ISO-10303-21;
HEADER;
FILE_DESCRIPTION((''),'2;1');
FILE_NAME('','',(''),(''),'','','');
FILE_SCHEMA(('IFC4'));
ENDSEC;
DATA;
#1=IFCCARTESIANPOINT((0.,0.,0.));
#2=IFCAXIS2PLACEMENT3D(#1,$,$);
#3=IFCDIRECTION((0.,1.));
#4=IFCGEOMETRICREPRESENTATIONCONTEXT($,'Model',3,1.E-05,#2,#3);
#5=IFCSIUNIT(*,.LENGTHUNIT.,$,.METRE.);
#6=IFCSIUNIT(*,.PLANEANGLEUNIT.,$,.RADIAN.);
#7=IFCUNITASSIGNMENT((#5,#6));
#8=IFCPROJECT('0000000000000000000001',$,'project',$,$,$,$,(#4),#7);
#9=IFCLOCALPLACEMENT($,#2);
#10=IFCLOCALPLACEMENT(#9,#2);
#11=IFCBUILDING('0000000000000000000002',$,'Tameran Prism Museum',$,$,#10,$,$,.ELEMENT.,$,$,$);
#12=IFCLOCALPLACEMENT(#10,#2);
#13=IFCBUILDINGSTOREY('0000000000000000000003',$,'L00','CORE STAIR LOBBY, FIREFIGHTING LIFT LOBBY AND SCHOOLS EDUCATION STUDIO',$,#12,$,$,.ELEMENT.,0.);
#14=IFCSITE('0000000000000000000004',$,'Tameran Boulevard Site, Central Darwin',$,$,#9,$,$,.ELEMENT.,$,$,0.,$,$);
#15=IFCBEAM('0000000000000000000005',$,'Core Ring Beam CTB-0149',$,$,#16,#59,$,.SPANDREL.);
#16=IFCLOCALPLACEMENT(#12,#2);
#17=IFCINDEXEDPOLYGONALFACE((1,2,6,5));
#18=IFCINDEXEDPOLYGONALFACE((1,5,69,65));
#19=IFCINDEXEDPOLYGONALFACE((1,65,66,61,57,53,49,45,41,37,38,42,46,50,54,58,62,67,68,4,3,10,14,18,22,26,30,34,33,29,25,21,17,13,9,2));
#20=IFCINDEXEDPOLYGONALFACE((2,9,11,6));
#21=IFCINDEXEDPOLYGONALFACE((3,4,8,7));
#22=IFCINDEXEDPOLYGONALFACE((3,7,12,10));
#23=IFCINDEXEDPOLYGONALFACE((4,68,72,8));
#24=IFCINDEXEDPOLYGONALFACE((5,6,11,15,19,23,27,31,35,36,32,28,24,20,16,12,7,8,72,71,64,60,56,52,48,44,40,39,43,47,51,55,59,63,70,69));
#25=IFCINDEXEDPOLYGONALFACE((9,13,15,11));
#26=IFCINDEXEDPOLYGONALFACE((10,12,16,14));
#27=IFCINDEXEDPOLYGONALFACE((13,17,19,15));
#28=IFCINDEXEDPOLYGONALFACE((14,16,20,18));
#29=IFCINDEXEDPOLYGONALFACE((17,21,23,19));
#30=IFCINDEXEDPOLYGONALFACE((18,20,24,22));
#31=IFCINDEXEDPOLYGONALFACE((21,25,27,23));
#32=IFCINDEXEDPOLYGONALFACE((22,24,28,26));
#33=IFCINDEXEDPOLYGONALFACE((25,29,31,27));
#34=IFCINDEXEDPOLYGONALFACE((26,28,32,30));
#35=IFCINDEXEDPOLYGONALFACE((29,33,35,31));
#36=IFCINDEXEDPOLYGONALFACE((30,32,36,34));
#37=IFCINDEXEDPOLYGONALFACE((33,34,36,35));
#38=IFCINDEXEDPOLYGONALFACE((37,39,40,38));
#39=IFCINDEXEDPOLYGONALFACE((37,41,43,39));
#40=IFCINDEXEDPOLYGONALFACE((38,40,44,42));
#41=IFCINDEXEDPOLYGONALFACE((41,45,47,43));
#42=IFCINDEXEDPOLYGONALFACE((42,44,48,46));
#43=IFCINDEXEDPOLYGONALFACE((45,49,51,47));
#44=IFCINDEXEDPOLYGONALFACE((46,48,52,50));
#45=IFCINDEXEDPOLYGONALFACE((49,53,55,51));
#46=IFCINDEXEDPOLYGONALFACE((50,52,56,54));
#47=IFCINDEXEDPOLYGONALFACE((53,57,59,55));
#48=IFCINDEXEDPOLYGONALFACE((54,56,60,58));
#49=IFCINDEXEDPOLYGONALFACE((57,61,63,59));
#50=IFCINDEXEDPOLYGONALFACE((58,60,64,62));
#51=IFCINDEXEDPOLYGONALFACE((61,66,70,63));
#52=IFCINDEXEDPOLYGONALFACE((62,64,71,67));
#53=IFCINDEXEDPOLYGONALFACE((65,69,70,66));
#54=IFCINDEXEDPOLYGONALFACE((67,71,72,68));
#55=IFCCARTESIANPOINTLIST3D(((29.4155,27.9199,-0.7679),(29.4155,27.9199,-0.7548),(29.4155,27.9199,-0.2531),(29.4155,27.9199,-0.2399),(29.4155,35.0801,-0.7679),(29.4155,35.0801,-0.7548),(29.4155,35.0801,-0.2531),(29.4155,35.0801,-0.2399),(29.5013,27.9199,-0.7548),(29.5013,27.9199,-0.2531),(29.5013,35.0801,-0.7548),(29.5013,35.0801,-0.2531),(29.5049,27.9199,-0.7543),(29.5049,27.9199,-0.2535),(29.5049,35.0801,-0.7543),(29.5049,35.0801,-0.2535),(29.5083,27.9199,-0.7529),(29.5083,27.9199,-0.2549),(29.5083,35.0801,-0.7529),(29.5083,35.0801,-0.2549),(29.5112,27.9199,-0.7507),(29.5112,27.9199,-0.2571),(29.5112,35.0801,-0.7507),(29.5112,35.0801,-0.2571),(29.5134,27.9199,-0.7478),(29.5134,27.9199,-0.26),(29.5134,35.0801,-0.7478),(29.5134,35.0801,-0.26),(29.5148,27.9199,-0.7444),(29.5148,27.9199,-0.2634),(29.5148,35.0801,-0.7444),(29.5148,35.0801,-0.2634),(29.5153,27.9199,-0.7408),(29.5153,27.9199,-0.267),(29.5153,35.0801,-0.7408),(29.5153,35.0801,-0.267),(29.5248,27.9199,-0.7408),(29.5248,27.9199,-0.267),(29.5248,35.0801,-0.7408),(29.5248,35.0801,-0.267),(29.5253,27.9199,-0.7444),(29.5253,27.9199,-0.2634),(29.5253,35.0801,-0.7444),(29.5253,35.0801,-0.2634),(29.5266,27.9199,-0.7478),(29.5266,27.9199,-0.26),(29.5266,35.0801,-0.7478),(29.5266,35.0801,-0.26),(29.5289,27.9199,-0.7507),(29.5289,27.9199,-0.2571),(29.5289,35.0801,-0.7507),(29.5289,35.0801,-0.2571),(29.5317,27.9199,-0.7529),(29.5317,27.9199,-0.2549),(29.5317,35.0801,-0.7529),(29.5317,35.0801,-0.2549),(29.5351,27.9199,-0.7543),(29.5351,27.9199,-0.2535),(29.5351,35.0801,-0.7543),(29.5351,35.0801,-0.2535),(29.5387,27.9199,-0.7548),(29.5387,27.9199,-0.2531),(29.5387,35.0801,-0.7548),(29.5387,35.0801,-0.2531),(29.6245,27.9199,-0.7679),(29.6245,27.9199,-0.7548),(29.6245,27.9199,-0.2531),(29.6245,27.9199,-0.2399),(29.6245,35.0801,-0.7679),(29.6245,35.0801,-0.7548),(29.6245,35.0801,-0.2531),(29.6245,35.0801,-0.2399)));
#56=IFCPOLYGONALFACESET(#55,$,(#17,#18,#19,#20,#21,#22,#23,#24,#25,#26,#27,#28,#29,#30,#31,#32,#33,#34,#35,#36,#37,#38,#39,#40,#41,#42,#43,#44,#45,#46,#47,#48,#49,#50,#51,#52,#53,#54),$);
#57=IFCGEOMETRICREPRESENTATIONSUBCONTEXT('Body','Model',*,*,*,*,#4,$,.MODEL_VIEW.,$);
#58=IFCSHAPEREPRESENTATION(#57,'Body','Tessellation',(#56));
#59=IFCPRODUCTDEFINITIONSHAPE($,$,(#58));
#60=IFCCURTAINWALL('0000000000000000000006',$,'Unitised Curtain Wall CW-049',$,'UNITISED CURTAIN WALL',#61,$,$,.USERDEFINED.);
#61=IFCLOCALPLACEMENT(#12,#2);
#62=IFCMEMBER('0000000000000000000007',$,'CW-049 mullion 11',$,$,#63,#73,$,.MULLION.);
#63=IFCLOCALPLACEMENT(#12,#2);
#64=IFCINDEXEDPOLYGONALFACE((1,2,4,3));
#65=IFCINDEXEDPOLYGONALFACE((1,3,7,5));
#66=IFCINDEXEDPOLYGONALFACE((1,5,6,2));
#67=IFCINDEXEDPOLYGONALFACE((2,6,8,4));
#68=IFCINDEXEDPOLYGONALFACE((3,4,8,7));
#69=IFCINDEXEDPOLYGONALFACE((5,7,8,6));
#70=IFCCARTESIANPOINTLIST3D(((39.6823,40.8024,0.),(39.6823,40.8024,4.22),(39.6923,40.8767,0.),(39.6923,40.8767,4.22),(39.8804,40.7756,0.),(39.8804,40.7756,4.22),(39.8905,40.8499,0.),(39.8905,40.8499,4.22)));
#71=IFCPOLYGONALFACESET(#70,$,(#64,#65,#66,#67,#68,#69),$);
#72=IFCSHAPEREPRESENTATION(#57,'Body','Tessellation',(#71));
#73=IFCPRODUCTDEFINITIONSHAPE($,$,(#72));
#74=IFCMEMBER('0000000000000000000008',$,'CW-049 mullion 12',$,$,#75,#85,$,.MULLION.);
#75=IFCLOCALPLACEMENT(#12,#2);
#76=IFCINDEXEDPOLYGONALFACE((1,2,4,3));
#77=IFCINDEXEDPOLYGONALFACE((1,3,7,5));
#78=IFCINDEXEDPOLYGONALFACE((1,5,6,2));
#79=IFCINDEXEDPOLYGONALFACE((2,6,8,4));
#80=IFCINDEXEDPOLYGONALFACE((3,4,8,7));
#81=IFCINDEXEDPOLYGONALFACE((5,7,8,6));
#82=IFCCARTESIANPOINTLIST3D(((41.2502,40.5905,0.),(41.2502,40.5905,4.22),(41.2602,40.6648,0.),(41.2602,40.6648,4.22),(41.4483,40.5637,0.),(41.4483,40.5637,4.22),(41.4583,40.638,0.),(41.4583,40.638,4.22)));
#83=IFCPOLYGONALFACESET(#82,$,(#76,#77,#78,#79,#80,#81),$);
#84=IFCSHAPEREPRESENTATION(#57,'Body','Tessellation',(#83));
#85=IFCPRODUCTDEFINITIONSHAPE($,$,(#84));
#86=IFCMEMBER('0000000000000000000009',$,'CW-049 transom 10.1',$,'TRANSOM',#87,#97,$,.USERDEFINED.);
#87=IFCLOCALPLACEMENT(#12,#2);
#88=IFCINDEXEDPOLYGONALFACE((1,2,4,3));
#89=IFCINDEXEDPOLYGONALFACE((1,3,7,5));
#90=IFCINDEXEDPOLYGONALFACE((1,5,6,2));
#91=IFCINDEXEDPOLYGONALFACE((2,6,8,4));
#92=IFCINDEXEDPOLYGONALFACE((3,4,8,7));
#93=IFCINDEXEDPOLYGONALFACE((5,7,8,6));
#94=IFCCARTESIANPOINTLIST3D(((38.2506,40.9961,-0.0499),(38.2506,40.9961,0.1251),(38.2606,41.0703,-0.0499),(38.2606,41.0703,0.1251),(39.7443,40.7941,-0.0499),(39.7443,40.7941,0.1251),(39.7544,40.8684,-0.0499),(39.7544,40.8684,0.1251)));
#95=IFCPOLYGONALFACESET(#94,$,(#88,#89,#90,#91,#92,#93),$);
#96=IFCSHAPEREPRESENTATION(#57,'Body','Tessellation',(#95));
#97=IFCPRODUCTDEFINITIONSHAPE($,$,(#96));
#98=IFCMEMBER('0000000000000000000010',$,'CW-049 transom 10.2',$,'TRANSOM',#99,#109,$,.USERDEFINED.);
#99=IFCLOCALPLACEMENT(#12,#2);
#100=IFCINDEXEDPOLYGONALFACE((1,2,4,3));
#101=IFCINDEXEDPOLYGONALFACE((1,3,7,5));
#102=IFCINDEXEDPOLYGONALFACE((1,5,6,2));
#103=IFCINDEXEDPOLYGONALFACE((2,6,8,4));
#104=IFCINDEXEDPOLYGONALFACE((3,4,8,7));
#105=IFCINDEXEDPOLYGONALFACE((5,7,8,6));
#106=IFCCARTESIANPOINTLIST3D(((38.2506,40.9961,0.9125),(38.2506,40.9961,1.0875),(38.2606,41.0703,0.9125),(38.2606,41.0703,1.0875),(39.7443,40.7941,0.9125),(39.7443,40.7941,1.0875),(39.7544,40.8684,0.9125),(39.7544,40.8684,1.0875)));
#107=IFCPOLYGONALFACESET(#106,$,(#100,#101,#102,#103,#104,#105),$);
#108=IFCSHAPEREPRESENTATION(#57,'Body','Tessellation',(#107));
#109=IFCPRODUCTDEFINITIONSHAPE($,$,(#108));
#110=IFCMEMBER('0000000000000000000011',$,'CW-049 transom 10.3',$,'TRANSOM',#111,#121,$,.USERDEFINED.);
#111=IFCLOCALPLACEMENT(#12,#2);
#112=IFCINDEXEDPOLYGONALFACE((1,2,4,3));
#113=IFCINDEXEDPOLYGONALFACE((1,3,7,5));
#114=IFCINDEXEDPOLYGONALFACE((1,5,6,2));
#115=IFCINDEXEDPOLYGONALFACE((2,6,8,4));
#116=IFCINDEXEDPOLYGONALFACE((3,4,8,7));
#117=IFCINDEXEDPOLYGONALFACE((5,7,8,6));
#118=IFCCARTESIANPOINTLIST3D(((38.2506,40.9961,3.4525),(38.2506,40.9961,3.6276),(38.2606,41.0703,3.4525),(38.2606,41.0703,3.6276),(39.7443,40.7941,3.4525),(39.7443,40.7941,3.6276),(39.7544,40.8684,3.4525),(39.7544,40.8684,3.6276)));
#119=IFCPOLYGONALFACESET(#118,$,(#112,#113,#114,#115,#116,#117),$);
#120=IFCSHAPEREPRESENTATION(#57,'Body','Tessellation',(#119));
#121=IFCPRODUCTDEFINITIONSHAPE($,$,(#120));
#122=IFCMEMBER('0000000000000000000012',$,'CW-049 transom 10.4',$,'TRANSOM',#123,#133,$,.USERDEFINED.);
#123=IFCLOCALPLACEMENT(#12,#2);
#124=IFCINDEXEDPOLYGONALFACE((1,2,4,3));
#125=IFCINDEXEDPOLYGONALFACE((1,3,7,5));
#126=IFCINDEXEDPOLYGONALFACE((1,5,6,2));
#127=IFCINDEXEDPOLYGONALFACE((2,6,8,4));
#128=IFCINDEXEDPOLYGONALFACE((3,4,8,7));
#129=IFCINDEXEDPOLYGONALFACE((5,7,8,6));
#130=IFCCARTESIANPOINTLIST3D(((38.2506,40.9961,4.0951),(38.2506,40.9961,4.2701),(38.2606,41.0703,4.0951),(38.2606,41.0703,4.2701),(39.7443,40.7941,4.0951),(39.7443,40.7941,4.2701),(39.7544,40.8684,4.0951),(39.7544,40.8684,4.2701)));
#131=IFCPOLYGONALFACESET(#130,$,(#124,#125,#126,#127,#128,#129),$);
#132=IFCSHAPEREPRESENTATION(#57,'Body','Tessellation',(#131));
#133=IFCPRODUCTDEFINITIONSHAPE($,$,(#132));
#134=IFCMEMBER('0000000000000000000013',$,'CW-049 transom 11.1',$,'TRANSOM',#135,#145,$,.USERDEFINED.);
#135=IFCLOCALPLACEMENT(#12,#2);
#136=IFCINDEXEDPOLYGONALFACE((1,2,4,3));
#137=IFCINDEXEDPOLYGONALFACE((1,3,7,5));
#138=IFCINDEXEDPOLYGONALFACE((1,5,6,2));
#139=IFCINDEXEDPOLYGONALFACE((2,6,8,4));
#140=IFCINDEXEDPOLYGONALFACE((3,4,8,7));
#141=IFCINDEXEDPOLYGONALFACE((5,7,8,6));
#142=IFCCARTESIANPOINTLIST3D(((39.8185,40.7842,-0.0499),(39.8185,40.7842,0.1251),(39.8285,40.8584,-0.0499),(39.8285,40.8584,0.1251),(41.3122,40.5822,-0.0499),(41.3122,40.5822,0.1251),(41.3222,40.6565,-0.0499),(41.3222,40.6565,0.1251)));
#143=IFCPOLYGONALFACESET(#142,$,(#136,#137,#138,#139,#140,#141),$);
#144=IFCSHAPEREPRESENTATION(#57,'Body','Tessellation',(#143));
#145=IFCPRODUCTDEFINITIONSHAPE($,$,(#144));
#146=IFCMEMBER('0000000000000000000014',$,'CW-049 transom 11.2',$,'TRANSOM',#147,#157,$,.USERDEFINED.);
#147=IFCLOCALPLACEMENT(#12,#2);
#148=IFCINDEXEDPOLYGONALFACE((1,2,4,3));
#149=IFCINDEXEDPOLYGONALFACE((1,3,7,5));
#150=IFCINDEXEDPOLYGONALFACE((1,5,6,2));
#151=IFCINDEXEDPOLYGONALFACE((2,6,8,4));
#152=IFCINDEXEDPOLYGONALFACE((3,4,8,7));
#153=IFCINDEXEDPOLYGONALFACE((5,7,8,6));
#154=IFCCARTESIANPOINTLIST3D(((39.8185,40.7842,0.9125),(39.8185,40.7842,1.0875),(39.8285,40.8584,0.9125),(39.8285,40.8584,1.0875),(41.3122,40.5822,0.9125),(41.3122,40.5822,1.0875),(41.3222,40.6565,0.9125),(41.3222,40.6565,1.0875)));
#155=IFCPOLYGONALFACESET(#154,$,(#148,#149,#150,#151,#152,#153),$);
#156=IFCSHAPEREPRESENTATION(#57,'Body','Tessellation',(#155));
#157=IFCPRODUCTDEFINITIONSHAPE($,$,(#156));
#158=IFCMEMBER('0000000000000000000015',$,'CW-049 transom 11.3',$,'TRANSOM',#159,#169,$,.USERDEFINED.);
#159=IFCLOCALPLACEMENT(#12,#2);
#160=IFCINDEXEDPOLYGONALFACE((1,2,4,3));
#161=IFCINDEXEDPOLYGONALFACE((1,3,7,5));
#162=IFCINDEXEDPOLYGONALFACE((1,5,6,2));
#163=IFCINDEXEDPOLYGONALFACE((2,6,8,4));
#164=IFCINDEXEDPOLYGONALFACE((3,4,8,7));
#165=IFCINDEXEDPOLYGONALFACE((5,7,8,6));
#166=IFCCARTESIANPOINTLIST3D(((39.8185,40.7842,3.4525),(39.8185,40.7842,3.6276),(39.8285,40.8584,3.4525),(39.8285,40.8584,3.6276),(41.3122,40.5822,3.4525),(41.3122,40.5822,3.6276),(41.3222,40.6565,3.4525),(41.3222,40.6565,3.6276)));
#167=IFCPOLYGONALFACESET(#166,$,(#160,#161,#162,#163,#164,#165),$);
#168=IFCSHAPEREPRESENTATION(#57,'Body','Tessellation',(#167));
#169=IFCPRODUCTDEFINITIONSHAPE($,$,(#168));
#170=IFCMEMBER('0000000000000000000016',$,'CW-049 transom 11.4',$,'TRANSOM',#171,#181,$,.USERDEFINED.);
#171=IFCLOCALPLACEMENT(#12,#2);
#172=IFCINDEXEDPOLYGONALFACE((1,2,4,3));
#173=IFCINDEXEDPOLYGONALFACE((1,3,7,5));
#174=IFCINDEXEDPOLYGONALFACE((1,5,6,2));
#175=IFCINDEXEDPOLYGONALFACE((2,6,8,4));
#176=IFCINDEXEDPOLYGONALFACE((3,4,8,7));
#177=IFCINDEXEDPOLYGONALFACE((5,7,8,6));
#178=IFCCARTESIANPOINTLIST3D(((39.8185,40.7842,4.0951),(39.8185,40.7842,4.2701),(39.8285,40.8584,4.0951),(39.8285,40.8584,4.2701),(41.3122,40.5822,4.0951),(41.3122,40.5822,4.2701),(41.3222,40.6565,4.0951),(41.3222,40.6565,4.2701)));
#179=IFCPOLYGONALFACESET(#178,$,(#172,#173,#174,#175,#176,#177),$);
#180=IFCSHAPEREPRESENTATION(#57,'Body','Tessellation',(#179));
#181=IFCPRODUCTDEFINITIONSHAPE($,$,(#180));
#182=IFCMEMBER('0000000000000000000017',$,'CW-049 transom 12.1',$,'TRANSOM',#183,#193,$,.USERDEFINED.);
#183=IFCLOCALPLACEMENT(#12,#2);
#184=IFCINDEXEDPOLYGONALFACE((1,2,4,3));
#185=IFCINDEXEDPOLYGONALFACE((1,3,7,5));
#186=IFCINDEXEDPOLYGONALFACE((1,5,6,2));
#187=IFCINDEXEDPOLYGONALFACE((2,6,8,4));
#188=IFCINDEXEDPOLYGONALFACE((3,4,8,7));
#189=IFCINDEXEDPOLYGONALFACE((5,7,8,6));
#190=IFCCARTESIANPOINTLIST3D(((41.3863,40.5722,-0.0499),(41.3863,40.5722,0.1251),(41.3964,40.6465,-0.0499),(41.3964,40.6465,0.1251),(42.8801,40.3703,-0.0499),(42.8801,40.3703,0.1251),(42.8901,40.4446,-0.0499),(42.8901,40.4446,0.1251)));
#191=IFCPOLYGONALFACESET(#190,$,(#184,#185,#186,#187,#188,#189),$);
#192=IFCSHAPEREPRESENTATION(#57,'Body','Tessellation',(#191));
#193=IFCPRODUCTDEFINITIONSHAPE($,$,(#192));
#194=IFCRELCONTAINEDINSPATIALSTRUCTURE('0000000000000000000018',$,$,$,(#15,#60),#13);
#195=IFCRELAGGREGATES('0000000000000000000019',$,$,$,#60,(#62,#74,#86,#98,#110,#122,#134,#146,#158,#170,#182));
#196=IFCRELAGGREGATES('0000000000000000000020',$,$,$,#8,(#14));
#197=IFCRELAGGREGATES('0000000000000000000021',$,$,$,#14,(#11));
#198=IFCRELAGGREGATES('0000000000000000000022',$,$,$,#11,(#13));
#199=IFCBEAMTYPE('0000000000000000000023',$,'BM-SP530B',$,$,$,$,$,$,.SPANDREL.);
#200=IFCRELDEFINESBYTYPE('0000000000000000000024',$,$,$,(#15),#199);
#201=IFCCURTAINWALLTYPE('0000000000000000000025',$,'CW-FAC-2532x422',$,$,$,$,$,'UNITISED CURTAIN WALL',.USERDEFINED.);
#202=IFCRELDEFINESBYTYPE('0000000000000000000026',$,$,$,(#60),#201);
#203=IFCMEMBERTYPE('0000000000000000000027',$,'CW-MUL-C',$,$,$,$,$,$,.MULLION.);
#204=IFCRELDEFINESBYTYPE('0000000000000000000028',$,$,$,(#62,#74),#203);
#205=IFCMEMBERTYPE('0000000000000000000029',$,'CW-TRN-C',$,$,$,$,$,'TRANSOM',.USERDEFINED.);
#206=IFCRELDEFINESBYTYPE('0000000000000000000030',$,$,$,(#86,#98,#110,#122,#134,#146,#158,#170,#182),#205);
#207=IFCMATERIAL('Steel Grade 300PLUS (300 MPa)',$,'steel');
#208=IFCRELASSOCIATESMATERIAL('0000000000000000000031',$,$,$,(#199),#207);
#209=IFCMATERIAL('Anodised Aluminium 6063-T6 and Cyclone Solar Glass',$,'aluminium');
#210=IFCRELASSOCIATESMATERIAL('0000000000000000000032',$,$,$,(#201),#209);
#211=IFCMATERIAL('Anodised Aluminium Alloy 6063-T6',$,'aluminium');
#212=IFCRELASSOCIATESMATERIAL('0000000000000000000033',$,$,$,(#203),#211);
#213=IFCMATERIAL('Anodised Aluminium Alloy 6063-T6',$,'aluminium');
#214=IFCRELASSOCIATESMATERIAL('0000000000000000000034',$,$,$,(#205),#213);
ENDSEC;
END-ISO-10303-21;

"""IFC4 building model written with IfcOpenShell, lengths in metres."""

from ifc_helpers import new_model, si_unit, direction, frame, origin, origin_2d, place, context, subcontext, project, spatial, rectangle, i_section, extrude, material, material_profile, profile_set, type_object, element, aggregate, save


model = new_model("IFC4")

# Units and contexts
model_context = context("Model", 3, precision=1e-05, world=origin(), true_north=direction((0.0, 1.0)))
body_context = subcontext(model_context, "Body", "Model", "MODEL_VIEW")
ifc_project = project(units=[si_unit("LENGTHUNIT", "METRE"), si_unit("PLANEANGLEUNIT", "RADIAN")], contexts=[model_context])

# Site, building, storey
site_placement = place(None, origin())
site = spatial("IfcSite", under=ifc_project, at=site_placement, Name="Tameran Boulevard Site, Central Darwin", CompositionType="ELEMENT", RefElevation=0.0)
building_placement = place(site_placement, origin())
building = spatial("IfcBuilding", under=site, at=building_placement, Name="Tameran Prism Museum", CompositionType="ELEMENT")
storey_placement = place(building_placement, origin())
storey = spatial("IfcBuildingStorey", under=building, at=storey_placement, Name="L00", Description="CORE STAIR LOBBY, FIREFIGHTING LIFT LOBBY AND SCHOOLS EDUCATION STUDIO", CompositionType="ELEMENT", Elevation=0.0)

# Beam
ifc_material_1 = material(Name="Steel Grade 300PLUS (300 MPa)", Category="steel")
ifc_material_profile_1 = material_profile(ifc_material_1, i_section(OverallWidth=0.209, OverallDepth=0.5281, WebThickness=0.0095, FlangeThickness=0.0132, FilletRadius=0.0139, at=origin_2d()))
ifc_profile_set_1 = profile_set([ifc_material_profile_1])
beam_type_1 = type_object("IfcBeamType", Name="BM-SP530B", PredefinedType="SPANDREL", material=ifc_profile_set_1)
beam_1_placement = place(storey_placement, frame((29.52, 35.0801, -0.5039), z_axis=(0.0, -1.0, 0.0), x_axis=(1.0, 0.0, 0.0)))
element("IfcBeam", 1, at=beam_1_placement, inside=storey, type_object=beam_type_1, Name="Core Ring Beam CTB-0149", PredefinedType="SPANDREL", context=body_context, shape_type="SweptSolid", body=[
    extrude(i_section(OverallWidth=0.209, OverallDepth=0.5281, WebThickness=0.0095, FlangeThickness=0.0132, FilletRadius=0.0139, at=origin_2d()), origin(), (0.0, 0.0, 1.0), 7.1602),
])

# Curtain wall, members
ifc_material_2 = material(Name="Anodised Aluminium 6063-T6 and Cyclone Solar Glass", Category="aluminium")
curtain_wall_type = type_object("IfcCurtainWallType", Name="CW-FAC-2532x422", ElementType="UNITISED CURTAIN WALL", PredefinedType="USERDEFINED", material=ifc_material_2)
curtain_wall_placement = place(storey_placement, origin())
curtain_wall = element("IfcCurtainWall", 2, at=curtain_wall_placement, inside=storey, type_object=curtain_wall_type, Name="Unitised Curtain Wall CW-049", ObjectType="UNITISED CURTAIN WALL", PredefinedType="USERDEFINED")
ifc_material_3 = material(Name="Anodised Aluminium Alloy 6063-T6", Category="aluminium")
ifc_material_profile_2 = material_profile(ifc_material_3, rectangle(XDim=0.075, YDim=0.2, at=origin_2d()))
ifc_profile_set_2 = profile_set([ifc_material_profile_2])
member_type_1 = type_object("IfcMemberType", Name="CW-MUL-C", PredefinedType="MULLION", material=ifc_profile_set_2)
member_1_placement = place(storey_placement, frame((39.7864, 40.8262, 0.0), z_axis=(0.0, 0.0, 1.0), x_axis=(0.133913, 0.990993, 0.0)))
member_1 = element("IfcMember", 3, at=member_1_placement, type_object=member_type_1, Name="CW-049 mullion 11", PredefinedType="MULLION", context=body_context, shape_type="SweptSolid", body=[
    extrude(rectangle(XDim=0.075, YDim=0.2, at=origin_2d()), origin(), (0.0, 0.0, 1.0), 4.22),
])
member_2_placement = place(storey_placement, frame((41.3542, 40.6143, 0.0), z_axis=(0.0, 0.0, 1.0), x_axis=(0.133913, 0.990993, 0.0)))
member_2 = element("IfcMember", 4, at=member_2_placement, type_object=member_type_1, Name="CW-049 mullion 12", PredefinedType="MULLION", context=body_context, shape_type="SweptSolid", body=[
    extrude(rectangle(XDim=0.075, YDim=0.2, at=origin_2d()), origin(), (0.0, 0.0, 1.0), 4.22),
])
ifc_material_4 = material(Name="Anodised Aluminium Alloy 6063-T6", Category="aluminium")
ifc_material_profile_3 = material_profile(ifc_material_4, rectangle(XDim=0.075, YDim=0.175, at=origin_2d()))
ifc_profile_set_3 = profile_set([ifc_material_profile_3])
member_type_2 = type_object("IfcMemberType", Name="CW-TRN-C", ElementType="TRANSOM", PredefinedType="USERDEFINED", material=ifc_profile_set_3)
member_3_placement = place(storey_placement, frame((38.2556, 41.0332, 0.0376), z_axis=(0.990987, -0.133957, 0.0), x_axis=(0.133957, 0.990987, 0.0)))
member_3 = element("IfcMember", 5, at=member_3_placement, type_object=member_type_2, Name="CW-049 transom 10.1", ObjectType="TRANSOM", PredefinedType="USERDEFINED", context=body_context, shape_type="SweptSolid", body=[
    extrude(rectangle(XDim=0.075, YDim=0.175, at=origin_2d()), origin(), (0.0, 0.0, 1.0), 1.5073),
])
member_4_placement = place(storey_placement, frame((38.2556, 41.0332, 1.0), z_axis=(0.990987, -0.133957, 0.0), x_axis=(0.133957, 0.990987, 0.0)))
member_4 = element("IfcMember", 6, at=member_4_placement, type_object=member_type_2, Name="CW-049 transom 10.2", ObjectType="TRANSOM", PredefinedType="USERDEFINED", context=body_context, shape_type="SweptSolid", body=[
    extrude(rectangle(XDim=0.075, YDim=0.175, at=origin_2d()), origin(), (0.0, 0.0, 1.0), 1.5073),
])
member_5_placement = place(storey_placement, frame((38.2556, 41.0332, 3.54), z_axis=(0.990987, -0.133957, 0.0), x_axis=(0.133957, 0.990987, 0.0)))
member_5 = element("IfcMember", 7, at=member_5_placement, type_object=member_type_2, Name="CW-049 transom 10.3", ObjectType="TRANSOM", PredefinedType="USERDEFINED", context=body_context, shape_type="SweptSolid", body=[
    extrude(rectangle(XDim=0.075, YDim=0.175, at=origin_2d()), origin(), (0.0, 0.0, 1.0), 1.5073),
])
member_6_placement = place(storey_placement, frame((38.2556, 41.0332, 4.1826), z_axis=(0.990987, -0.133957, 0.0), x_axis=(0.133957, 0.990987, 0.0)))
member_6 = element("IfcMember", 8, at=member_6_placement, type_object=member_type_2, Name="CW-049 transom 10.4", ObjectType="TRANSOM", PredefinedType="USERDEFINED", context=body_context, shape_type="SweptSolid", body=[
    extrude(rectangle(XDim=0.075, YDim=0.175, at=origin_2d()), origin(), (0.0, 0.0, 1.0), 1.5073),
])
member_7_placement = place(storey_placement, frame((39.8235, 40.8213, 0.0376), z_axis=(0.990987, -0.133957, 0.0), x_axis=(0.133957, 0.990987, 0.0)))
member_7 = element("IfcMember", 9, at=member_7_placement, type_object=member_type_2, Name="CW-049 transom 11.1", ObjectType="TRANSOM", PredefinedType="USERDEFINED", context=body_context, shape_type="SweptSolid", body=[
    extrude(rectangle(XDim=0.075, YDim=0.175, at=origin_2d()), origin(), (0.0, 0.0, 1.0), 1.5073),
])
member_8_placement = place(storey_placement, frame((39.8235, 40.8213, 1.0), z_axis=(0.990987, -0.133957, 0.0), x_axis=(0.133957, 0.990987, 0.0)))
member_8 = element("IfcMember", 10, at=member_8_placement, type_object=member_type_2, Name="CW-049 transom 11.2", ObjectType="TRANSOM", PredefinedType="USERDEFINED", context=body_context, shape_type="SweptSolid", body=[
    extrude(rectangle(XDim=0.075, YDim=0.175, at=origin_2d()), origin(), (0.0, 0.0, 1.0), 1.5073),
])
member_9_placement = place(storey_placement, frame((39.8235, 40.8213, 3.54), z_axis=(0.990987, -0.133957, 0.0), x_axis=(0.133957, 0.990987, 0.0)))
member_9 = element("IfcMember", 11, at=member_9_placement, type_object=member_type_2, Name="CW-049 transom 11.3", ObjectType="TRANSOM", PredefinedType="USERDEFINED", context=body_context, shape_type="SweptSolid", body=[
    extrude(rectangle(XDim=0.075, YDim=0.175, at=origin_2d()), origin(), (0.0, 0.0, 1.0), 1.5073),
])
member_10_placement = place(storey_placement, frame((39.8235, 40.8213, 4.1826), z_axis=(0.990987, -0.133957, 0.0), x_axis=(0.133957, 0.990987, 0.0)))
member_10 = element("IfcMember", 12, at=member_10_placement, type_object=member_type_2, Name="CW-049 transom 11.4", ObjectType="TRANSOM", PredefinedType="USERDEFINED", context=body_context, shape_type="SweptSolid", body=[
    extrude(rectangle(XDim=0.075, YDim=0.175, at=origin_2d()), origin(), (0.0, 0.0, 1.0), 1.5073),
])
member_11_placement = place(storey_placement, frame((41.3914, 40.6094, 0.0376), z_axis=(0.990987, -0.133957, 0.0), x_axis=(0.133957, 0.990987, 0.0)))
member_11 = element("IfcMember", 13, at=member_11_placement, type_object=member_type_2, Name="CW-049 transom 12.1", ObjectType="TRANSOM", PredefinedType="USERDEFINED", context=body_context, shape_type="SweptSolid", body=[
    extrude(rectangle(XDim=0.075, YDim=0.175, at=origin_2d()), origin(), (0.0, 0.0, 1.0), 1.5073),
])
aggregate(curtain_wall, [member_1, member_2, member_3, member_4, member_5, member_6, member_7, member_8, member_9, member_10, member_11])

save(model, "model.ifc")
